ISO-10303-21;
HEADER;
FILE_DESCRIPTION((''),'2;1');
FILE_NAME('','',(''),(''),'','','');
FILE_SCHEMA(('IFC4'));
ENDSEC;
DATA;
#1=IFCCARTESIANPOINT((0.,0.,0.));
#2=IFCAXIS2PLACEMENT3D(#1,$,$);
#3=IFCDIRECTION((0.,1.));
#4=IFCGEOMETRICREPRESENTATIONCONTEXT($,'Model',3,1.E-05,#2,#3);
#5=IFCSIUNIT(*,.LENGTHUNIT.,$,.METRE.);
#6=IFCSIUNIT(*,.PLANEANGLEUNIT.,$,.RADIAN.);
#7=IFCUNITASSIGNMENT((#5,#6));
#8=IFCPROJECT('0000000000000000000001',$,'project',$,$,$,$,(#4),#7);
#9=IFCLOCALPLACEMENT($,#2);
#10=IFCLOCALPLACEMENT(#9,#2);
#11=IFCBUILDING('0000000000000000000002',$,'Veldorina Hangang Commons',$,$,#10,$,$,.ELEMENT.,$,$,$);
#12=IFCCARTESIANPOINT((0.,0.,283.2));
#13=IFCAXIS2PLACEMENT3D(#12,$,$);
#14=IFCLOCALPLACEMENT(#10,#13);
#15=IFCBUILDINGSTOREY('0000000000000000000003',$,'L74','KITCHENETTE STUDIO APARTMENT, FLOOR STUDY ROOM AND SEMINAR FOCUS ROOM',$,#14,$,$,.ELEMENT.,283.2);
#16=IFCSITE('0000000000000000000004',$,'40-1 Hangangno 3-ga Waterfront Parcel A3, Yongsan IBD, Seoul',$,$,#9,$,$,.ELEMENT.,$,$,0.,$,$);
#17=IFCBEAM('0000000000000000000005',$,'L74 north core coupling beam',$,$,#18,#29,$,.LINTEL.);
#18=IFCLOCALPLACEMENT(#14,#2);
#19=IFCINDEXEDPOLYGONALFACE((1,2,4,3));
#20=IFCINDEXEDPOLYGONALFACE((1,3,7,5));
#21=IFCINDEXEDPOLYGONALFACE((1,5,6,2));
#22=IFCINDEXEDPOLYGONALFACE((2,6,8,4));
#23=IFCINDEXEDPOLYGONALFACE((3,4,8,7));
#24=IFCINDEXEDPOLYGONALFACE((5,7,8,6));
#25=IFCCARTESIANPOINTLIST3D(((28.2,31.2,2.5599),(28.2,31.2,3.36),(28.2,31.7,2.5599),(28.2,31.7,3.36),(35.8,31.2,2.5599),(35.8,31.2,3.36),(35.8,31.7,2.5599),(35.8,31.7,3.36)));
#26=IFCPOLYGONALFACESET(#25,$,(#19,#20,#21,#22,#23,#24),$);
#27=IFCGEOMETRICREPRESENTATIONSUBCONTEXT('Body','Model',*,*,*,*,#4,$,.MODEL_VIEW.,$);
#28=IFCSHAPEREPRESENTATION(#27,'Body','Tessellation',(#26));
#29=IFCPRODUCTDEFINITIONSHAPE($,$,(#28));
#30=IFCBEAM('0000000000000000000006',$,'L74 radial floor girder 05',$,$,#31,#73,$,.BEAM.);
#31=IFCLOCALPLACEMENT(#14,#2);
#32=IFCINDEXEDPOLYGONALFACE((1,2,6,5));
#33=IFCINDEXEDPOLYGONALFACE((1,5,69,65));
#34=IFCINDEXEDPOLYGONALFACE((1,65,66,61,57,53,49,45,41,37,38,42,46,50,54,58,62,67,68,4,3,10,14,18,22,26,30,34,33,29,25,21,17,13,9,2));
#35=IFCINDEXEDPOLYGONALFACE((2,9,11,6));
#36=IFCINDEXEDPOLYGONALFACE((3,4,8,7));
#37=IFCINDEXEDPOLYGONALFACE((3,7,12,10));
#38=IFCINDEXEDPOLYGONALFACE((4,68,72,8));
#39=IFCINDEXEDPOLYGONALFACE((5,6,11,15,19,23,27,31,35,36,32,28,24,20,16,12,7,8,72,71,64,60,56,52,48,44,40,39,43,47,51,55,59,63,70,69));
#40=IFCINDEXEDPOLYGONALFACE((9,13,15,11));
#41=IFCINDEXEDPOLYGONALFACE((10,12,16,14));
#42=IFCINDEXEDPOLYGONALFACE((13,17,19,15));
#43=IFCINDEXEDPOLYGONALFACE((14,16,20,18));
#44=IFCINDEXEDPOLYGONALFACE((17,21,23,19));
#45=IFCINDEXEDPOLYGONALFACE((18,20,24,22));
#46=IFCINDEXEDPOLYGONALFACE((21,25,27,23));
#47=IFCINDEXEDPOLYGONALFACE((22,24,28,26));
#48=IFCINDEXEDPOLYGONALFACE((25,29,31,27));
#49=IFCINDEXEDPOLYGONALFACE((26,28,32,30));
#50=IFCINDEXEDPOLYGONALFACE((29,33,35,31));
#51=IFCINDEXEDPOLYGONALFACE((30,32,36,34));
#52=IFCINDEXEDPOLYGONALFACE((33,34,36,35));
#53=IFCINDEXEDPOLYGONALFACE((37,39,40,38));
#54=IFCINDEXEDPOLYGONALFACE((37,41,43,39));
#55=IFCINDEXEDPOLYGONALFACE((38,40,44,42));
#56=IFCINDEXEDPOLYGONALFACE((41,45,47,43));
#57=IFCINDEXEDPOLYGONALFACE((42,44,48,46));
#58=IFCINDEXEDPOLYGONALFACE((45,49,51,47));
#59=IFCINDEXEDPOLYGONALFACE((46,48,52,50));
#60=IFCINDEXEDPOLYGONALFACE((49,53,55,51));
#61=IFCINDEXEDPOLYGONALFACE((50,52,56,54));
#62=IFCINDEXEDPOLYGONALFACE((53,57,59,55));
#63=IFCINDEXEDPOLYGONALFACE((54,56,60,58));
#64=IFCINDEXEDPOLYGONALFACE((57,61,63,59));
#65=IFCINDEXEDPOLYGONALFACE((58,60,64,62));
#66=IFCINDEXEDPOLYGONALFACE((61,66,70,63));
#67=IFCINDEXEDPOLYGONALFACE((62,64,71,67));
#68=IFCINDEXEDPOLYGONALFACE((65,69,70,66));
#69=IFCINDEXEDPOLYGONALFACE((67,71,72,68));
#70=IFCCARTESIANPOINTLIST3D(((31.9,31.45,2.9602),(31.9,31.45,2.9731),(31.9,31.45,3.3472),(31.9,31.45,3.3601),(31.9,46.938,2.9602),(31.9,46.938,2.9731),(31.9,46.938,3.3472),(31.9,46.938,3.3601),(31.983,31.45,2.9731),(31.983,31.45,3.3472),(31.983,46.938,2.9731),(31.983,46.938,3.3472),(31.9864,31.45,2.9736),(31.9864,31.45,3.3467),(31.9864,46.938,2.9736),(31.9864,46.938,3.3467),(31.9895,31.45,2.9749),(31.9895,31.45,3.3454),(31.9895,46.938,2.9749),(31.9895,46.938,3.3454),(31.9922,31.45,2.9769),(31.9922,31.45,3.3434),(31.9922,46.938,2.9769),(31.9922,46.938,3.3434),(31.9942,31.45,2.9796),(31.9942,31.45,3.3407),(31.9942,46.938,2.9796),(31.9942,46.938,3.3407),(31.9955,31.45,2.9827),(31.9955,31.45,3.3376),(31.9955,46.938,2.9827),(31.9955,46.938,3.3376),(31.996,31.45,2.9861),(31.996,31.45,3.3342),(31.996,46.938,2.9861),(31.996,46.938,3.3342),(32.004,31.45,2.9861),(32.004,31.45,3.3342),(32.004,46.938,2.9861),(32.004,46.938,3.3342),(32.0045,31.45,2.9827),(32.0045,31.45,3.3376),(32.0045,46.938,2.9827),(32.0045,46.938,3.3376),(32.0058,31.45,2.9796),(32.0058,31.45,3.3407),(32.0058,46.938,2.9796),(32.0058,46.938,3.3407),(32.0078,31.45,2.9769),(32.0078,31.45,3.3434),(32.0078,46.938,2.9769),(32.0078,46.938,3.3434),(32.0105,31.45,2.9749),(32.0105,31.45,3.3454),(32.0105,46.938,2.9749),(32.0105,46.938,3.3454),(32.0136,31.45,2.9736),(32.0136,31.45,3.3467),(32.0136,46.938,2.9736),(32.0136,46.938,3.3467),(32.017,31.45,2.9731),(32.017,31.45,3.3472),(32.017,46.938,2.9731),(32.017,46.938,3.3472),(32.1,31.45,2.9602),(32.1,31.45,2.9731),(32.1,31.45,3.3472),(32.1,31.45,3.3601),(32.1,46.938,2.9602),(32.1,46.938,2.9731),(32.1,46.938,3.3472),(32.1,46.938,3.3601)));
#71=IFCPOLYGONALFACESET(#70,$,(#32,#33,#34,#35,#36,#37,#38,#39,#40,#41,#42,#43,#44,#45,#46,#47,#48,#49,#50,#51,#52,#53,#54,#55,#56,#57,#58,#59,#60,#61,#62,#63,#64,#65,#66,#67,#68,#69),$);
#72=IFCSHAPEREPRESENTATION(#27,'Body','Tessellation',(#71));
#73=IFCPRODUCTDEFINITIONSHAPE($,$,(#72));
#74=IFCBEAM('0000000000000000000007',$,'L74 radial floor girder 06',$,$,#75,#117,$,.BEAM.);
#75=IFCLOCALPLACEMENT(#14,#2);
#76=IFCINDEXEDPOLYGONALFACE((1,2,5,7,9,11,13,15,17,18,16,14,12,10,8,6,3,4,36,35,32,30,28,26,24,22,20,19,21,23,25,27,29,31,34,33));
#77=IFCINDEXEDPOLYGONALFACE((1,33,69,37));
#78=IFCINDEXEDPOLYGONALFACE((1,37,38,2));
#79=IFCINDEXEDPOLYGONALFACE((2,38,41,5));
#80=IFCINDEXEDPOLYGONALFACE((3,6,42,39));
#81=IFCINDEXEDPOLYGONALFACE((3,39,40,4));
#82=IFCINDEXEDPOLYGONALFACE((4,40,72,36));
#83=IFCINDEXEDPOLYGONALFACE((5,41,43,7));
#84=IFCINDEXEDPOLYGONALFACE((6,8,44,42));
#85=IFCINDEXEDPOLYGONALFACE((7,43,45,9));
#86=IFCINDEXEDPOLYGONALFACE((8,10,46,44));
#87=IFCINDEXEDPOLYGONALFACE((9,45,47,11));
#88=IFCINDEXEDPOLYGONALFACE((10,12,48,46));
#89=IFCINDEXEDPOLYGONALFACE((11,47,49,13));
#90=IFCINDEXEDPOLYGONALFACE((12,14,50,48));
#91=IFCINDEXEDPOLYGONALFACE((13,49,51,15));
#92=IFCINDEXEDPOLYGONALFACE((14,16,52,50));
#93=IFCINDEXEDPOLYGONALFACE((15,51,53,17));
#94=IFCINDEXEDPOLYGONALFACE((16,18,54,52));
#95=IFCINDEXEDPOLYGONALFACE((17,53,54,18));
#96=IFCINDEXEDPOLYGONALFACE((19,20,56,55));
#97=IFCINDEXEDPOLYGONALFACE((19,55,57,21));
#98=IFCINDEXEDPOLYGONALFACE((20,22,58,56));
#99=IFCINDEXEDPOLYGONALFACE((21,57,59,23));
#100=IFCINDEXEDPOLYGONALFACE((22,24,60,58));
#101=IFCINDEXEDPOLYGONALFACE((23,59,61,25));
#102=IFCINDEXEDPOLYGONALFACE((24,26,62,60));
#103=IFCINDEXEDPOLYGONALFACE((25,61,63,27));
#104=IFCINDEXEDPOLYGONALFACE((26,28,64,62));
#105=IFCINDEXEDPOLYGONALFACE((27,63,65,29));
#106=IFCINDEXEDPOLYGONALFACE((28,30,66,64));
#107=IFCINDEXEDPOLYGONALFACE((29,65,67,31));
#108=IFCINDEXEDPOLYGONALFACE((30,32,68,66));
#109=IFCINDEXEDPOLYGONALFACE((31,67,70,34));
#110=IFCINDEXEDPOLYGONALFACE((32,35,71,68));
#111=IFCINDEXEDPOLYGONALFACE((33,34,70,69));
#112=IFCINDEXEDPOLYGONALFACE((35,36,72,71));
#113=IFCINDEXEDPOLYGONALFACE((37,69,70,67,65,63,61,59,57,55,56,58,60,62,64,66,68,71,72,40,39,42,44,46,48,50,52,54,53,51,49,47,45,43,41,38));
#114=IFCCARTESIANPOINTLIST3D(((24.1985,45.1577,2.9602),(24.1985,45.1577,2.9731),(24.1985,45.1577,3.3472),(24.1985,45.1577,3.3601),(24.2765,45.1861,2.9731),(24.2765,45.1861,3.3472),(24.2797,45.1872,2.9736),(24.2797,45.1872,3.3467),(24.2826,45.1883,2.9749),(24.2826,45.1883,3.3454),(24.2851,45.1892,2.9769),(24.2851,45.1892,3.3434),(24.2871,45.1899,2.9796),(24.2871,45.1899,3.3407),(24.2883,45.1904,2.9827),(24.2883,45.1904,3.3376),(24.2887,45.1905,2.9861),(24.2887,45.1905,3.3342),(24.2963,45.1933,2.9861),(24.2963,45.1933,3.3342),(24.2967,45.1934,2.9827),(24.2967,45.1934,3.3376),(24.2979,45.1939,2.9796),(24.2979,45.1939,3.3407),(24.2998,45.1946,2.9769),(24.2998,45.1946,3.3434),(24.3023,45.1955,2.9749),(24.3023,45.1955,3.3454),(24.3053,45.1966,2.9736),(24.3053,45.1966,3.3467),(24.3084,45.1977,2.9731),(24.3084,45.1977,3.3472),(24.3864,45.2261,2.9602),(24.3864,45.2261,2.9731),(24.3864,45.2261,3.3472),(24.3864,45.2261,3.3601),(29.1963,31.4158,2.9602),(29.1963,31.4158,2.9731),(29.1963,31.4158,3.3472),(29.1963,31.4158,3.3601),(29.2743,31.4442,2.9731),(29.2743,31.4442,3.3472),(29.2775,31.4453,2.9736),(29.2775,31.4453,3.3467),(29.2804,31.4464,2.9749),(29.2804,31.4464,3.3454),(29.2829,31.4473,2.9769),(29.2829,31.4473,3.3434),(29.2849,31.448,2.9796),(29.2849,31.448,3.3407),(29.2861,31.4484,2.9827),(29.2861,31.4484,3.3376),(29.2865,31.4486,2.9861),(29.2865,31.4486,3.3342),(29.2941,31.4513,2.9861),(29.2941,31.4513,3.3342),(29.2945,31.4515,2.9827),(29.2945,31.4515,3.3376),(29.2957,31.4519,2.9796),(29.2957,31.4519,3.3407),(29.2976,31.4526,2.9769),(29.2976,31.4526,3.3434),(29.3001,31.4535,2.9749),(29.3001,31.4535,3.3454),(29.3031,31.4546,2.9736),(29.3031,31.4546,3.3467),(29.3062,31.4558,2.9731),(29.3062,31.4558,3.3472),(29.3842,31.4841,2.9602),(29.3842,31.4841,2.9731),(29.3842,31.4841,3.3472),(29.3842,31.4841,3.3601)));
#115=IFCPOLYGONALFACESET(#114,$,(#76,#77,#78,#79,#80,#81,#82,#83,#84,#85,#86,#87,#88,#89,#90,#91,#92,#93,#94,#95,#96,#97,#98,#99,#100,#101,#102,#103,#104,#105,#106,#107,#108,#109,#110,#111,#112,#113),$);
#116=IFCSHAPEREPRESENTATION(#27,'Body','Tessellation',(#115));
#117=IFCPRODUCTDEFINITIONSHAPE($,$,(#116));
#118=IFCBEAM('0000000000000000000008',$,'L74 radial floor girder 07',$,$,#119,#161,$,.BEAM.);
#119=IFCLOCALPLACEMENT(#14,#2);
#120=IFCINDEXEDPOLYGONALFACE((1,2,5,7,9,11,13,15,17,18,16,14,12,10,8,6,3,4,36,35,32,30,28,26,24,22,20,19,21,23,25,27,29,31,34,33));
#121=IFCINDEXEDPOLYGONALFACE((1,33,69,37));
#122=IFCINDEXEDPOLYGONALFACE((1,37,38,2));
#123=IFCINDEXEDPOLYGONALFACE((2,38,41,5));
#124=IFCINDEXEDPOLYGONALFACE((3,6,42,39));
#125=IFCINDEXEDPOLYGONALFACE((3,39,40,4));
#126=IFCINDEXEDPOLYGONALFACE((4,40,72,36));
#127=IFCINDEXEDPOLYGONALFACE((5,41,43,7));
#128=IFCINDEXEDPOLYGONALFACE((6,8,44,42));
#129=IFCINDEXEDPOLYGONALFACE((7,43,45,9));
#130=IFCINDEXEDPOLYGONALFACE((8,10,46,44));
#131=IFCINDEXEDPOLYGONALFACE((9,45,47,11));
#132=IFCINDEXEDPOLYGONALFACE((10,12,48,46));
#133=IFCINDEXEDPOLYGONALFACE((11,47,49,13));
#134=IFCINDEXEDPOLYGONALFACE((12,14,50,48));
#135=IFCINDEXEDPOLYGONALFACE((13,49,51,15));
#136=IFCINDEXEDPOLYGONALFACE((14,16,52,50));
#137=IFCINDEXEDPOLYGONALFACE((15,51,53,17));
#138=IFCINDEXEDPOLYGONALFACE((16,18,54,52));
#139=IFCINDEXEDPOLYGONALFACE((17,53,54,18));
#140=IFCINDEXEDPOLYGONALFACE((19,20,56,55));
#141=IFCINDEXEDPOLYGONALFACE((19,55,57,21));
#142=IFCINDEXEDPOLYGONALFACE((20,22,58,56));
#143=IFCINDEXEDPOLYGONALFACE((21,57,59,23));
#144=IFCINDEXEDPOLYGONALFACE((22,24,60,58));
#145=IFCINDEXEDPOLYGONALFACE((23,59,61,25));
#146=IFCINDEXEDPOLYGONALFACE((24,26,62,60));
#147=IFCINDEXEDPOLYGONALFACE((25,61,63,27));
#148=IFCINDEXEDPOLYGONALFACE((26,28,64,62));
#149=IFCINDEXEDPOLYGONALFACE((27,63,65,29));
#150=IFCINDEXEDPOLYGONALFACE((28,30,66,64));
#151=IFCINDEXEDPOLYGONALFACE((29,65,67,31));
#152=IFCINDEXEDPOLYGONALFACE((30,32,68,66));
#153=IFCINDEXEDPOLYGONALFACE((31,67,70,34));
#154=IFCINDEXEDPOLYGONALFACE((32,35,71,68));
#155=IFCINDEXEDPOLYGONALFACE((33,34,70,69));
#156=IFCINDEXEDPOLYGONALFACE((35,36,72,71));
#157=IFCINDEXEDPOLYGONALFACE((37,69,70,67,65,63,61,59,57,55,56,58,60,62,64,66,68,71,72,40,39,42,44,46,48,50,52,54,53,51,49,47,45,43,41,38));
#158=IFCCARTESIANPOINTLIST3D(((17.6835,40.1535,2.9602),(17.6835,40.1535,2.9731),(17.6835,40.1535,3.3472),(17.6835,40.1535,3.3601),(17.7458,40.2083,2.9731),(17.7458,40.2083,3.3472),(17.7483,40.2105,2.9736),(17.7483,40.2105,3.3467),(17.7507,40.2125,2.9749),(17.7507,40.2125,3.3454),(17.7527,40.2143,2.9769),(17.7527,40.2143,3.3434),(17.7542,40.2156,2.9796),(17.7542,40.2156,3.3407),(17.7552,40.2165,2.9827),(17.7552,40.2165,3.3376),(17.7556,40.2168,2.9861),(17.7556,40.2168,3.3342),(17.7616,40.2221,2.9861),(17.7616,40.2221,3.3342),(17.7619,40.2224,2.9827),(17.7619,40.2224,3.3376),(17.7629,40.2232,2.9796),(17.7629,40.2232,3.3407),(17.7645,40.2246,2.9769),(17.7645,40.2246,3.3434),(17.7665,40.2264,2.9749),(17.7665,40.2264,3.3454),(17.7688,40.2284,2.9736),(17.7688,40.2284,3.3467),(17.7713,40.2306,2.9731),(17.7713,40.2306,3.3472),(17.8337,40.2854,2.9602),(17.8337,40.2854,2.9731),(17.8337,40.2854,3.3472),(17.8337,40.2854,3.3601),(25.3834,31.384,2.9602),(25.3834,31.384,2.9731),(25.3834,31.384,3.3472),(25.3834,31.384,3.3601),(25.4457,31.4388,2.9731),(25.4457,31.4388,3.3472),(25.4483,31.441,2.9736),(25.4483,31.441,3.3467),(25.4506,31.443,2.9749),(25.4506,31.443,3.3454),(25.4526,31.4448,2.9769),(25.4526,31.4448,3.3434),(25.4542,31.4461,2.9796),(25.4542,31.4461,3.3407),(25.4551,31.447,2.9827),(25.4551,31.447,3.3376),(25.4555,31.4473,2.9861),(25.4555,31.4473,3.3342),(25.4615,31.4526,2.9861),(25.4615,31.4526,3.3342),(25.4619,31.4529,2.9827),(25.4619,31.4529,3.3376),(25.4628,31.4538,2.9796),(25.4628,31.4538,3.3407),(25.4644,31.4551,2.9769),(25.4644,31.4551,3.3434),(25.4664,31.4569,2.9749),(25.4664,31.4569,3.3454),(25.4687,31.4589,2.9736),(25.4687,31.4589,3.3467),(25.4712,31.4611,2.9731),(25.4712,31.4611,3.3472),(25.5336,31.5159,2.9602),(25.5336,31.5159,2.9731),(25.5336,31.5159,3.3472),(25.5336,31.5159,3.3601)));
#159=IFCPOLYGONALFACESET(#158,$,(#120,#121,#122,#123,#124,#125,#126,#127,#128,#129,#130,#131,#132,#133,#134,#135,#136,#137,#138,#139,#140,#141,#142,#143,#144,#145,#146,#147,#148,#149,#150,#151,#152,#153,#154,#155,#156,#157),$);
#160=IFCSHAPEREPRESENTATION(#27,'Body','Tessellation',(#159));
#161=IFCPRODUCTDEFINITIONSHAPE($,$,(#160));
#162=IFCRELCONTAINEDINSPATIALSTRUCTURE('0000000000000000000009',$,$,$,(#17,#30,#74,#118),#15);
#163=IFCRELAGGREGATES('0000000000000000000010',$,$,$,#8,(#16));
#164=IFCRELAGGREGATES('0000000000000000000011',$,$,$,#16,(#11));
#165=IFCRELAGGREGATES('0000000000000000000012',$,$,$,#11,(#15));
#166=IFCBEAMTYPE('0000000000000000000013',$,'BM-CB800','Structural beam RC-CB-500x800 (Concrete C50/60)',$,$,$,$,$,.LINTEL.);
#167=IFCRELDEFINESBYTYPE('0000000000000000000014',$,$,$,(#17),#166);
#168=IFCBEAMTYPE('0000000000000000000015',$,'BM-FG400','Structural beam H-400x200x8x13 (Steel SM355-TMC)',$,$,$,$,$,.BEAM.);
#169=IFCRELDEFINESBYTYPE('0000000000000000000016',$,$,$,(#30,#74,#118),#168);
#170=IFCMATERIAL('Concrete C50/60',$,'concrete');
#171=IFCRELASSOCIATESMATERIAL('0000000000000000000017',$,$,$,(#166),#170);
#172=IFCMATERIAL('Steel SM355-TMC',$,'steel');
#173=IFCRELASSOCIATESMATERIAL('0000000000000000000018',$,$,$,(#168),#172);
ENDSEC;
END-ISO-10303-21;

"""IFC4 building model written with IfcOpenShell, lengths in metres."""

from ifc_helpers import new_model, si_unit, direction, frame, origin, origin_2d, place, context, subcontext, project, spatial, rectangle, i_section, extrude, material, material_profile, profile_set, type_object, element, save


model = new_model("IFC4")

# Units and contexts
model_context = context("Model", 3, precision=1e-05, world=origin(), true_north=direction((0.0, 1.0)))
body_context = subcontext(model_context, "Body", "Model", "MODEL_VIEW")
ifc_project = project(units=[si_unit("LENGTHUNIT", "METRE"), si_unit("PLANEANGLEUNIT", "RADIAN")], contexts=[model_context])

# Site, building, storey
site_placement = place(None, origin())
site = spatial("IfcSite", under=ifc_project, at=site_placement, Name="40-1 Hangangno 3-ga Waterfront Parcel A3, Yongsan IBD, Seoul", CompositionType="ELEMENT", RefElevation=0.0)
building_placement = place(site_placement, origin())
building = spatial("IfcBuilding", under=site, at=building_placement, Name="Veldorina Hangang Commons", CompositionType="ELEMENT")
storey_placement = place(building_placement, frame((0.0, 0.0, 283.2)))
storey = spatial("IfcBuildingStorey", under=building, at=storey_placement, Name="L74", Description="KITCHENETTE STUDIO APARTMENT, FLOOR STUDY ROOM AND SEMINAR FOCUS ROOM", CompositionType="ELEMENT", Elevation=283.2)

# Beams
ifc_material_1 = material(Name="Concrete C50/60", Category="concrete")
ifc_material_profile_1 = material_profile(ifc_material_1, rectangle(XDim=0.5, YDim=0.8, at=origin_2d()), Name="RC-CB-500x800")
ifc_profile_set_1 = profile_set([ifc_material_profile_1], Name="Concrete C50/60")
beam_type_1 = type_object("IfcBeamType", Name="BM-CB800", Description="Structural beam RC-CB-500x800 (Concrete C50/60)", PredefinedType="LINTEL", material=ifc_profile_set_1)
beam_1_placement = place(storey_placement, frame((28.2, 31.45, 2.96), z_axis=(1.0, 0.0, 0.0), x_axis=(0.0, 1.0, 0.0)))
element("IfcBeam", 1, at=beam_1_placement, inside=storey, type_object=beam_type_1, Name="L74 north core coupling beam", PredefinedType="LINTEL", context=body_context, shape_type="SweptSolid", body=[
    extrude(rectangle(XDim=0.5, YDim=0.8, at=origin_2d()), origin(), (0.0, 0.0, 1.0), 7.6001),
])
ifc_material_2 = material(Name="Steel SM355-TMC", Category="steel")
ifc_material_profile_2 = material_profile(ifc_material_2, i_section(OverallWidth=0.2, OverallDepth=0.3999, WebThickness=0.0081, FlangeThickness=0.0129, FilletRadius=0.0129, at=origin_2d()), Name="H-400x200x8x13")
ifc_profile_set_2 = profile_set([ifc_material_profile_2], Name="Steel SM355-TMC")
beam_type_2 = type_object("IfcBeamType", Name="BM-FG400", Description="Structural beam H-400x200x8x13 (Steel SM355-TMC)", PredefinedType="BEAM", material=ifc_profile_set_2)
beam_2_placement = place(storey_placement, frame((32.0, 31.45, 3.1602), z_axis=(0.0, 1.0, 0.0), x_axis=(-1.0, 0.0, 0.0)))
element("IfcBeam", 2, at=beam_2_placement, inside=storey, type_object=beam_type_2, Name="L74 radial floor girder 05", PredefinedType="BEAM", context=body_context, shape_type="SweptSolid", body=[
    extrude(i_section(OverallWidth=0.2, OverallDepth=0.3999, WebThickness=0.0081, FlangeThickness=0.0129, FilletRadius=0.0129, at=origin_2d()), origin(), (0.0, 0.0, 1.0), 15.488),
])
beam_3_placement = place(storey_placement, frame((29.2903, 31.45, 3.1602), z_axis=(-0.341787, 0.939777, 0.0), x_axis=(-0.939777, -0.341787, 0.0)))
element("IfcBeam", 3, at=beam_3_placement, inside=storey, type_object=beam_type_2, Name="L74 radial floor girder 06", PredefinedType="BEAM", context=body_context, shape_type="SweptSolid", body=[
    extrude(i_section(OverallWidth=0.2, OverallDepth=0.3999, WebThickness=0.0081, FlangeThickness=0.0129, FilletRadius=0.0129, at=origin_2d()), origin(), (0.0, 0.0, 1.0), 14.6226),
])
beam_4_placement = place(storey_placement, frame((25.4585, 31.45, 3.1602), z_axis=(-0.659795, 0.751446, 0.0), x_axis=(-0.751446, -0.659795, 0.0)))
element("IfcBeam", 4, at=beam_4_placement, inside=storey, type_object=beam_type_2, Name="L74 radial floor girder 07", PredefinedType="BEAM", context=body_context, shape_type="SweptSolid", body=[
    extrude(i_section(OverallWidth=0.2, OverallDepth=0.3999, WebThickness=0.0081, FlangeThickness=0.0129, FilletRadius=0.0129, at=origin_2d()), origin(), (0.0, 0.0, 1.0), 11.6702),
])

save(model, "model.ifc")
